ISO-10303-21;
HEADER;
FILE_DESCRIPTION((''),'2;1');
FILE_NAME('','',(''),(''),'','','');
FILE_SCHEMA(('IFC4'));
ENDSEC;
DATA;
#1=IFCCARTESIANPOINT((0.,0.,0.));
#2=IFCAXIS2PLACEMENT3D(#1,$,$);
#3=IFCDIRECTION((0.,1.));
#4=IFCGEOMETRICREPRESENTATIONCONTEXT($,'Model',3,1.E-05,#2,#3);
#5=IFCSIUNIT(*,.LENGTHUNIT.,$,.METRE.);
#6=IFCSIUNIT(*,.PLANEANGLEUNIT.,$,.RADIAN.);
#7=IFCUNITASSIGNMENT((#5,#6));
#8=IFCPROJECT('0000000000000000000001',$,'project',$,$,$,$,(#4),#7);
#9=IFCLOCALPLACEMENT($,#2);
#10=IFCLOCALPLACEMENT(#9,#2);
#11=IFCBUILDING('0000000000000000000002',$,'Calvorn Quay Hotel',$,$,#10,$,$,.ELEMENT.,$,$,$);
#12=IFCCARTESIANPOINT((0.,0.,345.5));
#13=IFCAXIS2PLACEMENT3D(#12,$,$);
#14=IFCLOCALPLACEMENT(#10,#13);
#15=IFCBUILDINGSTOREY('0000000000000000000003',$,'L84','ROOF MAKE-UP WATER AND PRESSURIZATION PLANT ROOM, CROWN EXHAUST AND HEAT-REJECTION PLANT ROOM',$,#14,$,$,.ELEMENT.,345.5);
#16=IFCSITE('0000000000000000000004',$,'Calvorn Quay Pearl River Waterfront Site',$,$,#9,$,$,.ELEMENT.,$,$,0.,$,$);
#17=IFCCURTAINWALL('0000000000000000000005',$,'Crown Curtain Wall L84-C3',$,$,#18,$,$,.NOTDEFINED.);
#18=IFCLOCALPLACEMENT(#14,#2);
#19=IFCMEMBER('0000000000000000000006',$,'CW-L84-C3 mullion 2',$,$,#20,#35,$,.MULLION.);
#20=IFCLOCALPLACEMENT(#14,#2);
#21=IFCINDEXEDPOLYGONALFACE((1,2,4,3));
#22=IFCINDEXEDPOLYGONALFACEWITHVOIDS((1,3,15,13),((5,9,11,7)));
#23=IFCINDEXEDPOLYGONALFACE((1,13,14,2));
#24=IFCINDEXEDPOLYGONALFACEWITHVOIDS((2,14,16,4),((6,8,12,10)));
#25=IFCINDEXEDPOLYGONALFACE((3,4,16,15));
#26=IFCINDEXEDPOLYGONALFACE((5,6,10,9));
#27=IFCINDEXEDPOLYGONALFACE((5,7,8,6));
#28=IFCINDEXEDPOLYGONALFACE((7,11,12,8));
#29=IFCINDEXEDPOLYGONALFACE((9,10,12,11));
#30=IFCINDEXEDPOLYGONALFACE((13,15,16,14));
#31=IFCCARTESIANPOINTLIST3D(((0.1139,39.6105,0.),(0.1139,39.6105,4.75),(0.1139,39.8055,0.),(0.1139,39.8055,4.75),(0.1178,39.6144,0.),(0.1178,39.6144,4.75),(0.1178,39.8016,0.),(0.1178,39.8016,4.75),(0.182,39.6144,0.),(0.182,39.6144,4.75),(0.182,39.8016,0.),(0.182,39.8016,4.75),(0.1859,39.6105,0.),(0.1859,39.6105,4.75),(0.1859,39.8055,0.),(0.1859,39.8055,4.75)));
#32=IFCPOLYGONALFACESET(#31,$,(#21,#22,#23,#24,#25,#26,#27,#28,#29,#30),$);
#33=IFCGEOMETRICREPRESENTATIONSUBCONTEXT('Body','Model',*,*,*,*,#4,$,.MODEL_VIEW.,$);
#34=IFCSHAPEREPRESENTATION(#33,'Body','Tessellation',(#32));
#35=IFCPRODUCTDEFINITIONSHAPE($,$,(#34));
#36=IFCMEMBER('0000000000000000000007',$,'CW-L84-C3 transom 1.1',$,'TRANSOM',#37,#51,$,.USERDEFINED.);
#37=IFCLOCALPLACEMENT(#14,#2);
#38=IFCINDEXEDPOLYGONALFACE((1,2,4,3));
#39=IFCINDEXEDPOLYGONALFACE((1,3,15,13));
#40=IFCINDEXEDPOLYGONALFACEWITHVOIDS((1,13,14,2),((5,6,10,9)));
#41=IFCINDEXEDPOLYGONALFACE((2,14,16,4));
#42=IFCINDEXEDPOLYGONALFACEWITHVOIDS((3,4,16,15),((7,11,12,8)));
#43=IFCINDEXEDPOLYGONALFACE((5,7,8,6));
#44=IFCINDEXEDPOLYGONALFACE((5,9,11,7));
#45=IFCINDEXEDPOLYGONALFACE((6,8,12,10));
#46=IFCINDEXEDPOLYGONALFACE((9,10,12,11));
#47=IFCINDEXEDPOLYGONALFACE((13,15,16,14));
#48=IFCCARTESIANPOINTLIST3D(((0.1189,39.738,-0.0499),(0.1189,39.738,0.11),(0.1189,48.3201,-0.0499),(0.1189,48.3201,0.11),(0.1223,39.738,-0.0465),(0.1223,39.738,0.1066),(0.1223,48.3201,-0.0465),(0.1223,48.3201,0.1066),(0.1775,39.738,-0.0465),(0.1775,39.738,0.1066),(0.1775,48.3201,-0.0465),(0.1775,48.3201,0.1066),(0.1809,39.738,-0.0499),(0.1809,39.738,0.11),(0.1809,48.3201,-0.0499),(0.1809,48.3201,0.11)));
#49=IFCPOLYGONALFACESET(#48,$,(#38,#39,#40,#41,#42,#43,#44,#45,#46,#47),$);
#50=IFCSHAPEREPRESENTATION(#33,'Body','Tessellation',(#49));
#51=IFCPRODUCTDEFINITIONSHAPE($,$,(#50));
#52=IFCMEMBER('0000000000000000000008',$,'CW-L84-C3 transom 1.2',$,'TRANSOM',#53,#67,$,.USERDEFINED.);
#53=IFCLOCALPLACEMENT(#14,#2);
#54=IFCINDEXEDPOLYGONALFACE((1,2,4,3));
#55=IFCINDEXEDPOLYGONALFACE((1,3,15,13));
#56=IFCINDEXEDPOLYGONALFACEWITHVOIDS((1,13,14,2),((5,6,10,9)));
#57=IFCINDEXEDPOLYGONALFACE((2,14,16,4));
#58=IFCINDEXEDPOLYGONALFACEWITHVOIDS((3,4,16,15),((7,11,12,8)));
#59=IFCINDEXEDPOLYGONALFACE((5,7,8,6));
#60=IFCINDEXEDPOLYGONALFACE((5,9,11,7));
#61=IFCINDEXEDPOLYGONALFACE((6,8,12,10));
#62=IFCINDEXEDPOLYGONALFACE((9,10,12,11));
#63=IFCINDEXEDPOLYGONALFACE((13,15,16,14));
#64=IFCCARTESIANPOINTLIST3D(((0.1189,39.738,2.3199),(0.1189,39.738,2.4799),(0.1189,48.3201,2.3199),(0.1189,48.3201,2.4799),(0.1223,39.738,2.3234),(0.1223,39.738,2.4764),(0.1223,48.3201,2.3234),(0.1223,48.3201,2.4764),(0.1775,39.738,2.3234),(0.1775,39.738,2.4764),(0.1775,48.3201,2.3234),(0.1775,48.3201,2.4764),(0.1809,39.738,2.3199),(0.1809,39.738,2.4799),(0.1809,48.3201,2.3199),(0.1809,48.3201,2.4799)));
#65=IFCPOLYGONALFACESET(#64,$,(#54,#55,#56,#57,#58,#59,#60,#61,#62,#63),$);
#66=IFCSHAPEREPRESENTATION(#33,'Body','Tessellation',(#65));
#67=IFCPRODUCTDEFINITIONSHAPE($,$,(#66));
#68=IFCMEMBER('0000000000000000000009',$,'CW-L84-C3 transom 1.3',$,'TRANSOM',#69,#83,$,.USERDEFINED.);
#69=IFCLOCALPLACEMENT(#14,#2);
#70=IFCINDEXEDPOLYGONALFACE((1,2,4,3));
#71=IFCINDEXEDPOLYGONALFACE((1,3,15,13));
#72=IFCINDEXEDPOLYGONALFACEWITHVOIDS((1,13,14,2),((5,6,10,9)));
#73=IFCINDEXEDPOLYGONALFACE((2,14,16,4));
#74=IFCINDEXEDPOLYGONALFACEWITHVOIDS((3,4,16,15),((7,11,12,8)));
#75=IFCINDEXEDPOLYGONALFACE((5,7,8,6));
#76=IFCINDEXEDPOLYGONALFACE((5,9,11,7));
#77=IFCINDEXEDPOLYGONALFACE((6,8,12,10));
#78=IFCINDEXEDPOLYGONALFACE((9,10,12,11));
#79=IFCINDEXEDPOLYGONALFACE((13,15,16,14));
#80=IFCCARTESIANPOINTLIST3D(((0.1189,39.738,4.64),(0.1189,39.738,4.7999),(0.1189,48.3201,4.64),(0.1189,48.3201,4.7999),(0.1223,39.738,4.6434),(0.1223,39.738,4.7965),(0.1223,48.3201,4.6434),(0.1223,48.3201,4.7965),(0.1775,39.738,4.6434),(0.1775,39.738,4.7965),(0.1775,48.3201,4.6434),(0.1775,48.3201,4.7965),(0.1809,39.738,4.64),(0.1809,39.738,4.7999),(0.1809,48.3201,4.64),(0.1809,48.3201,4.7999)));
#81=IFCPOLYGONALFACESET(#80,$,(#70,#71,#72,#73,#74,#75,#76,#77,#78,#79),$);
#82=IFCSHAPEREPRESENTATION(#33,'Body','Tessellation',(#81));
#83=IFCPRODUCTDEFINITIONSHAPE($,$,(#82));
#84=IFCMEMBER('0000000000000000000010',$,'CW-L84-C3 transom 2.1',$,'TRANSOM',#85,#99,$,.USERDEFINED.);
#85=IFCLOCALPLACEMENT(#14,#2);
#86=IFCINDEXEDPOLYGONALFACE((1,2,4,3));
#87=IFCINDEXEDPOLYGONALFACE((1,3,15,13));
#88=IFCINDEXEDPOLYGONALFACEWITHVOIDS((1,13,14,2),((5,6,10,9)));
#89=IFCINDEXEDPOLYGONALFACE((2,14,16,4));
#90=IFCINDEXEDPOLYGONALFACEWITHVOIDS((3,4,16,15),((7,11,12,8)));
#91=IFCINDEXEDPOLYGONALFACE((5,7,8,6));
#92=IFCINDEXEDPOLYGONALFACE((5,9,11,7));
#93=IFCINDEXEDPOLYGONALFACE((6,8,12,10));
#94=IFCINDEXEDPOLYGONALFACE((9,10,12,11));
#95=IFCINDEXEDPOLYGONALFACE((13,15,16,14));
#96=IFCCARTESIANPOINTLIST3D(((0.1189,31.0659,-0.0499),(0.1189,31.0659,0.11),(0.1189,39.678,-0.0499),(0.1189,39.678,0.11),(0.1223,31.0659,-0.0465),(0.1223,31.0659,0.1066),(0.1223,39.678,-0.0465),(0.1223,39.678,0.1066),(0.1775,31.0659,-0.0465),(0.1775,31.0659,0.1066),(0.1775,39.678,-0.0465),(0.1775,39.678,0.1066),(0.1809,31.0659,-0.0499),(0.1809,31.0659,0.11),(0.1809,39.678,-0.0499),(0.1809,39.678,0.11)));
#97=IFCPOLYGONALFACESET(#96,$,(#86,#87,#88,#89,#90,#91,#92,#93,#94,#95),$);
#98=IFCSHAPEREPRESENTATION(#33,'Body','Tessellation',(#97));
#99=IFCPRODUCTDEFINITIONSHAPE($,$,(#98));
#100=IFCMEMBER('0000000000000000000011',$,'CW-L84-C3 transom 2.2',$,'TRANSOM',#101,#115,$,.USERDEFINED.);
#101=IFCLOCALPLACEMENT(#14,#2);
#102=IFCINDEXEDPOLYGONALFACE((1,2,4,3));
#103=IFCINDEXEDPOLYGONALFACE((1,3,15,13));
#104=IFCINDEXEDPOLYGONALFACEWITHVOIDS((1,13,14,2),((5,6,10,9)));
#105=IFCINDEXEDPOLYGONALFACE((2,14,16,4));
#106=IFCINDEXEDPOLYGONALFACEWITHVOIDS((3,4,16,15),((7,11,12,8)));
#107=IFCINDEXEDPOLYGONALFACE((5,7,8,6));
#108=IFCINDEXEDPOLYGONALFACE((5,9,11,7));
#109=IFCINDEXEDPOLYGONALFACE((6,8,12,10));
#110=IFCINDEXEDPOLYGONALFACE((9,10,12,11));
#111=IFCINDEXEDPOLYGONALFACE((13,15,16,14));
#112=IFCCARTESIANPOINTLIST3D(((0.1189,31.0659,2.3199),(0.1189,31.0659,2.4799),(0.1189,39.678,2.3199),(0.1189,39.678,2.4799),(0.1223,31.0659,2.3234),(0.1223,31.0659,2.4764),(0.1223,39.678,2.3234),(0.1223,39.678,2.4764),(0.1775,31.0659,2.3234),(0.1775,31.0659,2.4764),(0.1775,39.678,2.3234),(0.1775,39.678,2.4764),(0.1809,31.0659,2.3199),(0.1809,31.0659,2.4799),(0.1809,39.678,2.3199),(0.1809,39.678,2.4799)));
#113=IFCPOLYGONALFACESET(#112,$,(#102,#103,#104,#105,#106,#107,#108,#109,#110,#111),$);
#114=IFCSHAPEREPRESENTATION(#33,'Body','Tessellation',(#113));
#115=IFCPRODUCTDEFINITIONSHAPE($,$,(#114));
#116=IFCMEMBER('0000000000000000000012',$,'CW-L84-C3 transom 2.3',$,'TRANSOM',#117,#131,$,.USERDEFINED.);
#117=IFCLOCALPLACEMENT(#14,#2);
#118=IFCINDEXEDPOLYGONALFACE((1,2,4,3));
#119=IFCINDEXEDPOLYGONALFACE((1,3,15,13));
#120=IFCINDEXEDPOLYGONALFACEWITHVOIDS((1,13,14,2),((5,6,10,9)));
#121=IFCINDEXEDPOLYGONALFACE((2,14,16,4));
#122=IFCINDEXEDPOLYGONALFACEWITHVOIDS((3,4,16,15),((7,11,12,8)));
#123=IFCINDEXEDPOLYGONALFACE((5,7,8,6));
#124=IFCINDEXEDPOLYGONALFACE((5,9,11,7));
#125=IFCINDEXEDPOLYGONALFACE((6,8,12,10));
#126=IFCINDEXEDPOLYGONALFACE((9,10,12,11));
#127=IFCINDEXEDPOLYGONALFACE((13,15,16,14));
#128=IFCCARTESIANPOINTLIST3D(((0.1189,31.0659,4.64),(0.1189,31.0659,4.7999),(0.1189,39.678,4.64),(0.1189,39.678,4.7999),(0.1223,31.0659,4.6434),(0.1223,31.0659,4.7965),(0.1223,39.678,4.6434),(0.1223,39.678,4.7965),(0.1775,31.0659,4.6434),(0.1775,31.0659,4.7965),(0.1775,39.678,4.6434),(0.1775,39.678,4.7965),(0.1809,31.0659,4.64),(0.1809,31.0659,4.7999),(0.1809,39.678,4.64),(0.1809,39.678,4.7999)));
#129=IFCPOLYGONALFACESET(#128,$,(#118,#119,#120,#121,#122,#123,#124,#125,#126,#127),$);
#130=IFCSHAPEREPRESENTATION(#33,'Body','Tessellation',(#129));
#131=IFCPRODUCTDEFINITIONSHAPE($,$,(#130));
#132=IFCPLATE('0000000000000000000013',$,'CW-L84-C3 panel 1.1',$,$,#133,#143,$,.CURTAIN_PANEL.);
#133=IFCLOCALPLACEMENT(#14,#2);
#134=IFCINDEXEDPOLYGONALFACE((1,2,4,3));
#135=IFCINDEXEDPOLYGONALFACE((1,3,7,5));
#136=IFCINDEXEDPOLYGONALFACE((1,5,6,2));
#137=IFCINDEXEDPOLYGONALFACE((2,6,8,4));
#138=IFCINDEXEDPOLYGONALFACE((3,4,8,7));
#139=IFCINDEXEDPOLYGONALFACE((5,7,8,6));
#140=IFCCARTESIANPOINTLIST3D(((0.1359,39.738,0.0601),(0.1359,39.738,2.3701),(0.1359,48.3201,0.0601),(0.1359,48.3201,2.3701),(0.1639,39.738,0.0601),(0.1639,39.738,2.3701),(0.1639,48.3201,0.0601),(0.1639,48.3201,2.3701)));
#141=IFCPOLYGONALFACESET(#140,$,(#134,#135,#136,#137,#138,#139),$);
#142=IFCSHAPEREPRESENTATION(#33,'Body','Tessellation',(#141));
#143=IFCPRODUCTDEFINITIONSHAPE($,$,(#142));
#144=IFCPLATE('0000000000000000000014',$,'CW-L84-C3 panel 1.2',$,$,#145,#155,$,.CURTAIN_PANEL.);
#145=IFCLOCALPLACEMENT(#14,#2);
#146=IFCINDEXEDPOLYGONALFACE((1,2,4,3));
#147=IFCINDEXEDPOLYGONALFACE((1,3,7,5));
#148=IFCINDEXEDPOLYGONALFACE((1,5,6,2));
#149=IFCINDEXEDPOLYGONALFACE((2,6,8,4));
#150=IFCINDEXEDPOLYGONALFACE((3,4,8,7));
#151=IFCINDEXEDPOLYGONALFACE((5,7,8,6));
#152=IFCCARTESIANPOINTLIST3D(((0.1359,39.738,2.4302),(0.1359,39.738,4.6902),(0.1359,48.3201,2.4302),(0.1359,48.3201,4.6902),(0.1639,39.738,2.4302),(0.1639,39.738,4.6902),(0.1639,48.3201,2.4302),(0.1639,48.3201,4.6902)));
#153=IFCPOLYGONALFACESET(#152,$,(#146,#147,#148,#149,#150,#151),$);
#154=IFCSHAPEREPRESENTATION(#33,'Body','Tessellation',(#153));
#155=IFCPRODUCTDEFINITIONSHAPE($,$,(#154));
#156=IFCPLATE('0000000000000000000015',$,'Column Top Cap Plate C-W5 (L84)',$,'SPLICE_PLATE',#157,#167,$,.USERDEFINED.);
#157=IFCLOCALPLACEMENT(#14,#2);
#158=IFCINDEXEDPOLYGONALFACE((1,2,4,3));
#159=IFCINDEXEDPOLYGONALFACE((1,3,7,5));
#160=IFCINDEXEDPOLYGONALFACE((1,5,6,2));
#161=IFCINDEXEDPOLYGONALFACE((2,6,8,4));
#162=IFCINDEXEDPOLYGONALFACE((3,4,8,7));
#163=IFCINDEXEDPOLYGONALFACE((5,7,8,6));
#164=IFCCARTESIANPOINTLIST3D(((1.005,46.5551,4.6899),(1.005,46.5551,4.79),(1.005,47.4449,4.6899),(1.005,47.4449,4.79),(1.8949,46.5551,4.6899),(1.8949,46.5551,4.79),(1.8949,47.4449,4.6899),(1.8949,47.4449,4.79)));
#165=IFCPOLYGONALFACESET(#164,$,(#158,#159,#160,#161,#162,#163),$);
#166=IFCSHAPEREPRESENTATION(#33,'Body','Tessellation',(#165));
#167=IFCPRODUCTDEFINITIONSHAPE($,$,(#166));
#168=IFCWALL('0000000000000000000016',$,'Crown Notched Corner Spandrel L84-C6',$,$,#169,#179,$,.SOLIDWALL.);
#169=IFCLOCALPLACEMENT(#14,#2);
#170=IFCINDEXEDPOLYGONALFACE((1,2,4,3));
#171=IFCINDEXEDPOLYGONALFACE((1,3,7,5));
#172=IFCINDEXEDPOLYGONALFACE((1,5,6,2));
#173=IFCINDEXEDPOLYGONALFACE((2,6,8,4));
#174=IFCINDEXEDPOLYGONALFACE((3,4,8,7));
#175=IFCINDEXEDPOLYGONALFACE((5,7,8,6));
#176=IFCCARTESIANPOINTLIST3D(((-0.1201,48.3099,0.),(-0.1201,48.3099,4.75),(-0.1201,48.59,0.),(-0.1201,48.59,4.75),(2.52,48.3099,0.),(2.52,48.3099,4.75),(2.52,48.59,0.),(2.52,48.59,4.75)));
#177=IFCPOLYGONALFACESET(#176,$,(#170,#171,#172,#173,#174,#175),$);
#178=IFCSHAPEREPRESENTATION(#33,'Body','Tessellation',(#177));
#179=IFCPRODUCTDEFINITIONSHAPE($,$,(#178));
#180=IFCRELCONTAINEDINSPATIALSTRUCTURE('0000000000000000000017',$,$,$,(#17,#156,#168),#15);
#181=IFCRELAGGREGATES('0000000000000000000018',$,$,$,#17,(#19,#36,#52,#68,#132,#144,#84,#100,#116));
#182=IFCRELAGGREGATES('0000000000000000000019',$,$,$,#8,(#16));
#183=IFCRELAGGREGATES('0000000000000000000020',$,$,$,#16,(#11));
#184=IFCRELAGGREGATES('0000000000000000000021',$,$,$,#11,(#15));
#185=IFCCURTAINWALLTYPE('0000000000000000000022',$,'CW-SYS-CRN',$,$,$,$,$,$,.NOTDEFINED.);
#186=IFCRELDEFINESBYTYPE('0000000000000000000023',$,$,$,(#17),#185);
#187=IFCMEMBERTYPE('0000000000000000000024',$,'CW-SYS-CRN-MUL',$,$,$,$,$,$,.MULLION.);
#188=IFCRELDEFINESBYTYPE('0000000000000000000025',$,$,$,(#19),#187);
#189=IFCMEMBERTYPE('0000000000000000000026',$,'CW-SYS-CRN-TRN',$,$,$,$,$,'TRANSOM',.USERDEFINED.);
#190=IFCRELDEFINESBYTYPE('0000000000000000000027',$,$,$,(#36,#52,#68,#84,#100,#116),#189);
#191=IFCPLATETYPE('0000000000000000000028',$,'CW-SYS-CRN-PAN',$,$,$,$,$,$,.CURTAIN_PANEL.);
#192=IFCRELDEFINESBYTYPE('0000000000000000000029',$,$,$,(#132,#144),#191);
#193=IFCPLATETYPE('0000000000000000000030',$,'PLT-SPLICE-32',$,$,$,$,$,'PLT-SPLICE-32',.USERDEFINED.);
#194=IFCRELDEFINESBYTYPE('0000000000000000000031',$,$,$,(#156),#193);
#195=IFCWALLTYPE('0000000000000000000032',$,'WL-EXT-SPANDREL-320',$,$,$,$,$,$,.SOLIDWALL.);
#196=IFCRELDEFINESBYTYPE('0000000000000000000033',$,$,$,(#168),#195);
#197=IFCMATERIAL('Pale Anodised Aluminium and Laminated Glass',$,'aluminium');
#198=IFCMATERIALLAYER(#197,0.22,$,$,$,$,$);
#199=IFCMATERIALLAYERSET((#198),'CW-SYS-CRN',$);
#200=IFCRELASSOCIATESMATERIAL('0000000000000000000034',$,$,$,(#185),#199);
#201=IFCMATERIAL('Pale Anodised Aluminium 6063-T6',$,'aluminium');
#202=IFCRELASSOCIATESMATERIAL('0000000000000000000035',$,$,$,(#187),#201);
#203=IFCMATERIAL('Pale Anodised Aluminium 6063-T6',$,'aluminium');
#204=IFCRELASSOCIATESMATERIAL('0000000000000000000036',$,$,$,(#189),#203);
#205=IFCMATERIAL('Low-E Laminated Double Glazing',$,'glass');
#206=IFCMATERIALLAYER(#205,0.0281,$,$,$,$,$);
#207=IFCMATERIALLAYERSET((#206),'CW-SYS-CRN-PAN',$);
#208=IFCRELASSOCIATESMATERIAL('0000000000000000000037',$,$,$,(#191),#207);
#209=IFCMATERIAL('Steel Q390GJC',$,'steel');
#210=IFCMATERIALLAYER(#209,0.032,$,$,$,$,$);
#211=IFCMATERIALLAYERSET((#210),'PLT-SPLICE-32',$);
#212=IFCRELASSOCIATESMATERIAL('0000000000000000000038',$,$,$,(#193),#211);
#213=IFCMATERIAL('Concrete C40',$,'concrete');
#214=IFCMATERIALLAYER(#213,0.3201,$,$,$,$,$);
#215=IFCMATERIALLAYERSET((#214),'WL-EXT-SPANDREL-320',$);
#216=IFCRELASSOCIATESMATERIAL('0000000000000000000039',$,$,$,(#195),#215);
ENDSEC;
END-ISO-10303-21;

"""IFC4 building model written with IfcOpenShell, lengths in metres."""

from ifc_helpers import new_model, si_unit, direction, frame, frame_2d, origin, origin_2d, place, context, subcontext, project, spatial, rectangle, hollow_rectangle, extrude, material, layer, layer_set, material_profile, profile_set, type_object, element, aggregate, save


model = new_model("IFC4")

# Units and contexts
model_context = context("Model", 3, precision=1e-05, world=origin(), true_north=direction((0.0, 1.0)))
body_context = subcontext(model_context, "Body", "Model", "MODEL_VIEW")
ifc_project = project(units=[si_unit("LENGTHUNIT", "METRE"), si_unit("PLANEANGLEUNIT", "RADIAN")], contexts=[model_context])

# Site, building, storey
site_placement = place(None, origin())
site = spatial("IfcSite", under=ifc_project, at=site_placement, Name="Calvorn Quay Pearl River Waterfront Site", CompositionType="ELEMENT", RefElevation=0.0)
building_placement = place(site_placement, origin())
building = spatial("IfcBuilding", under=site, at=building_placement, Name="Calvorn Quay Hotel", CompositionType="ELEMENT")
storey_placement = place(building_placement, frame((0.0, 0.0, 345.5)))
storey = spatial("IfcBuildingStorey", under=building, at=storey_placement, Name="L84", Description="ROOF MAKE-UP WATER AND PRESSURIZATION PLANT ROOM, CROWN EXHAUST AND HEAT-REJECTION PLANT ROOM", CompositionType="ELEMENT", Elevation=345.5)

# Curtain wall, members, plates
ifc_material_1 = material(Name="Pale Anodised Aluminium and Laminated Glass", Category="aluminium")
ifc_layer_1 = layer(ifc_material_1, 0.22)
ifc_layer_set_1 = layer_set([ifc_layer_1], Name="CW-SYS-CRN")
curtain_wall_type = type_object("IfcCurtainWallType", Name="CW-SYS-CRN", PredefinedType="NOTDEFINED", material=ifc_layer_set_1)
curtain_wall_placement = place(storey_placement, origin())
curtain_wall = element("IfcCurtainWall", 1, at=curtain_wall_placement, inside=storey, type_object=curtain_wall_type, Name="Crown Curtain Wall L84-C3", PredefinedType="NOTDEFINED")
ifc_material_2 = material(Name="Pale Anodised Aluminium 6063-T6", Category="aluminium")
ifc_material_profile_1 = material_profile(ifc_material_2, hollow_rectangle(XDim=0.072, YDim=0.1951, WallThickness=0.0039, at=origin_2d()), Name="ALU-M195x72x4")
ifc_profile_set_1 = profile_set([ifc_material_profile_1], Name="Pale Anodised Aluminium 6063-T6")
member_type_1 = type_object("IfcMemberType", Name="CW-SYS-CRN-MUL", PredefinedType="MULLION", material=ifc_profile_set_1)
member_1_placement = place(storey_placement, frame((0.1499, 39.708, 0.0), z_axis=(0.0, 0.0, 1.0), x_axis=(1.0, 0.0, 0.0)))
member_1 = element("IfcMember", 2, at=member_1_placement, type_object=member_type_1, Name="CW-L84-C3 mullion 2", PredefinedType="MULLION", context=body_context, shape_type="SweptSolid", body=[
    extrude(hollow_rectangle(XDim=0.072, YDim=0.1951, WallThickness=0.0039, at=origin_2d()), origin(), (0.0, 0.0, 1.0), 4.75),
])
ifc_material_3 = material(Name="Pale Anodised Aluminium 6063-T6", Category="aluminium")
ifc_material_profile_2 = material_profile(ifc_material_3, hollow_rectangle(XDim=0.062, YDim=0.1599, WallThickness=0.0034, at=origin_2d()), Name="ALU-T160x62x3.5")
ifc_profile_set_2 = profile_set([ifc_material_profile_2], Name="Pale Anodised Aluminium 6063-T6")
member_type_2 = type_object("IfcMemberType", Name="CW-SYS-CRN-TRN", ElementType="TRANSOM", PredefinedType="USERDEFINED", material=ifc_profile_set_2)
member_2_placement = place(storey_placement, frame((0.1499, 48.3201, 0.03), z_axis=(0.0, -1.0, 0.0), x_axis=(1.0, 0.0, 0.0)))
member_2 = element("IfcMember", 3, at=member_2_placement, type_object=member_type_2, Name="CW-L84-C3 transom 1.1", ObjectType="TRANSOM", PredefinedType="USERDEFINED", context=body_context, shape_type="SweptSolid", body=[
    extrude(hollow_rectangle(XDim=0.062, YDim=0.1599, WallThickness=0.0034, at=origin_2d()), origin(), (0.0, 0.0, 1.0), 8.582),
])
member_3_placement = place(storey_placement, frame((0.1499, 48.3201, 2.3999), z_axis=(0.0, -1.0, 0.0), x_axis=(1.0, 0.0, 0.0)))
member_3 = element("IfcMember", 4, at=member_3_placement, type_object=member_type_2, Name="CW-L84-C3 transom 1.2", ObjectType="TRANSOM", PredefinedType="USERDEFINED", context=body_context, shape_type="SweptSolid", body=[
    extrude(hollow_rectangle(XDim=0.062, YDim=0.1599, WallThickness=0.0034, at=origin_2d()), origin(), (0.0, 0.0, 1.0), 8.582),
])
member_4_placement = place(storey_placement, frame((0.1499, 48.3201, 4.72), z_axis=(0.0, -1.0, 0.0), x_axis=(1.0, 0.0, 0.0)))
member_4 = element("IfcMember", 5, at=member_4_placement, type_object=member_type_2, Name="CW-L84-C3 transom 1.3", ObjectType="TRANSOM", PredefinedType="USERDEFINED", context=body_context, shape_type="SweptSolid", body=[
    extrude(hollow_rectangle(XDim=0.062, YDim=0.1599, WallThickness=0.0034, at=origin_2d()), origin(), (0.0, 0.0, 1.0), 8.582),
])
member_5_placement = place(storey_placement, frame((0.1499, 39.678, 0.03), z_axis=(0.0, -1.0, 0.0), x_axis=(1.0, 0.0, 0.0)))
member_5 = element("IfcMember", 6, at=member_5_placement, type_object=member_type_2, Name="CW-L84-C3 transom 2.1", ObjectType="TRANSOM", PredefinedType="USERDEFINED", context=body_context, shape_type="SweptSolid", body=[
    extrude(hollow_rectangle(XDim=0.062, YDim=0.1599, WallThickness=0.0034, at=origin_2d()), origin(), (0.0, 0.0, 1.0), 8.6121),
])
member_6_placement = place(storey_placement, frame((0.1499, 39.678, 2.3999), z_axis=(0.0, -1.0, 0.0), x_axis=(1.0, 0.0, 0.0)))
member_6 = element("IfcMember", 7, at=member_6_placement, type_object=member_type_2, Name="CW-L84-C3 transom 2.2", ObjectType="TRANSOM", PredefinedType="USERDEFINED", context=body_context, shape_type="SweptSolid", body=[
    extrude(hollow_rectangle(XDim=0.062, YDim=0.1599, WallThickness=0.0034, at=origin_2d()), origin(), (0.0, 0.0, 1.0), 8.6121),
])
member_7_placement = place(storey_placement, frame((0.1499, 39.678, 4.72), z_axis=(0.0, -1.0, 0.0), x_axis=(1.0, 0.0, 0.0)))
member_7 = element("IfcMember", 8, at=member_7_placement, type_object=member_type_2, Name="CW-L84-C3 transom 2.3", ObjectType="TRANSOM", PredefinedType="USERDEFINED", context=body_context, shape_type="SweptSolid", body=[
    extrude(hollow_rectangle(XDim=0.062, YDim=0.1599, WallThickness=0.0034, at=origin_2d()), origin(), (0.0, 0.0, 1.0), 8.6121),
])
ifc_material_4 = material(Name="Low-E Laminated Double Glazing", Category="glass")
ifc_layer_2 = layer(ifc_material_4, 0.0281)
ifc_layer_set_2 = layer_set([ifc_layer_2], Name="CW-SYS-CRN-PAN")
plate_type_1 = type_object("IfcPlateType", Name="CW-SYS-CRN-PAN", PredefinedType="CURTAIN_PANEL", material=ifc_layer_set_2)
plate_1_placement = place(storey_placement, frame((0.1499, 44.0291, 0.0601), z_axis=(0.0, 0.0, 1.0), x_axis=(0.0, -1.0, 0.0)))
plate_1 = element("IfcPlate", 9, at=plate_1_placement, type_object=plate_type_1, Name="CW-L84-C3 panel 1.1", PredefinedType="CURTAIN_PANEL", context=body_context, shape_type="SweptSolid", body=[
    extrude(rectangle(XDim=8.582, YDim=0.0281, at=origin_2d()), origin(), (0.0, 0.0, 1.0), 2.3101),
])
plate_2_placement = place(storey_placement, frame((0.1499, 44.0291, 2.4302), z_axis=(0.0, 0.0, 1.0), x_axis=(0.0, -1.0, 0.0)))
plate_2 = element("IfcPlate", 10, at=plate_2_placement, type_object=plate_type_1, Name="CW-L84-C3 panel 1.2", PredefinedType="CURTAIN_PANEL", context=body_context, shape_type="SweptSolid", body=[
    extrude(rectangle(XDim=8.582, YDim=0.0281, at=origin_2d()), origin(), (0.0, 0.0, 1.0), 2.26),
])
aggregate(curtain_wall, [member_1, member_2, member_3, member_4, plate_1, plate_2, member_5, member_6, member_7])

# Plate
ifc_material_5 = material(Name="Steel Q390GJC", Category="steel")
ifc_layer_3 = layer(ifc_material_5, 0.032)
ifc_layer_set_3 = layer_set([ifc_layer_3], Name="PLT-SPLICE-32")
plate_type_2 = type_object("IfcPlateType", Name="PLT-SPLICE-32", ElementType="PLT-SPLICE-32", PredefinedType="USERDEFINED", material=ifc_layer_set_3)
plate_3_placement = place(storey_placement, frame((1.45, 47.0, 4.6899), z_axis=(0.0, 0.0, 1.0), x_axis=(1.0, 0.0, 0.0)))
element("IfcPlate", 11, at=plate_3_placement, inside=storey, type_object=plate_type_2, Name="Column Top Cap Plate C-W5 (L84)", ObjectType="SPLICE_PLATE", PredefinedType="USERDEFINED", context=body_context, shape_type="SweptSolid", body=[
    extrude(rectangle(XDim=0.8899, YDim=0.8899, at=origin_2d()), origin(), (0.0, 0.0, 1.0), 0.1001),
])

# Wall
ifc_material_6 = material(Name="Concrete C40", Category="concrete")
ifc_layer_4 = layer(ifc_material_6, 0.3201)
ifc_layer_set_4 = layer_set([ifc_layer_4], Name="WL-EXT-SPANDREL-320")
wall_type_1 = type_object("IfcWallType", Name="WL-EXT-SPANDREL-320", PredefinedType="SOLIDWALL", material=ifc_layer_set_4)
wall_1_placement = place(storey_placement, frame((2.52, 48.45, 0.0), z_axis=(0.0, 0.0, 1.0), x_axis=(-1.0, 0.0, 0.0)))
element("IfcWall", 12, at=wall_1_placement, inside=storey, type_object=wall_type_1, Name="Crown Notched Corner Spandrel L84-C6", PredefinedType="SOLIDWALL", context=body_context, shape_type="SweptSolid", body=[
    extrude(rectangle(XDim=2.6401, YDim=0.28, at=frame_2d((1.3201, 0.0))), origin(), (0.0, 0.0, 1.0), 4.75),
])

save(model, "model.ifc")
